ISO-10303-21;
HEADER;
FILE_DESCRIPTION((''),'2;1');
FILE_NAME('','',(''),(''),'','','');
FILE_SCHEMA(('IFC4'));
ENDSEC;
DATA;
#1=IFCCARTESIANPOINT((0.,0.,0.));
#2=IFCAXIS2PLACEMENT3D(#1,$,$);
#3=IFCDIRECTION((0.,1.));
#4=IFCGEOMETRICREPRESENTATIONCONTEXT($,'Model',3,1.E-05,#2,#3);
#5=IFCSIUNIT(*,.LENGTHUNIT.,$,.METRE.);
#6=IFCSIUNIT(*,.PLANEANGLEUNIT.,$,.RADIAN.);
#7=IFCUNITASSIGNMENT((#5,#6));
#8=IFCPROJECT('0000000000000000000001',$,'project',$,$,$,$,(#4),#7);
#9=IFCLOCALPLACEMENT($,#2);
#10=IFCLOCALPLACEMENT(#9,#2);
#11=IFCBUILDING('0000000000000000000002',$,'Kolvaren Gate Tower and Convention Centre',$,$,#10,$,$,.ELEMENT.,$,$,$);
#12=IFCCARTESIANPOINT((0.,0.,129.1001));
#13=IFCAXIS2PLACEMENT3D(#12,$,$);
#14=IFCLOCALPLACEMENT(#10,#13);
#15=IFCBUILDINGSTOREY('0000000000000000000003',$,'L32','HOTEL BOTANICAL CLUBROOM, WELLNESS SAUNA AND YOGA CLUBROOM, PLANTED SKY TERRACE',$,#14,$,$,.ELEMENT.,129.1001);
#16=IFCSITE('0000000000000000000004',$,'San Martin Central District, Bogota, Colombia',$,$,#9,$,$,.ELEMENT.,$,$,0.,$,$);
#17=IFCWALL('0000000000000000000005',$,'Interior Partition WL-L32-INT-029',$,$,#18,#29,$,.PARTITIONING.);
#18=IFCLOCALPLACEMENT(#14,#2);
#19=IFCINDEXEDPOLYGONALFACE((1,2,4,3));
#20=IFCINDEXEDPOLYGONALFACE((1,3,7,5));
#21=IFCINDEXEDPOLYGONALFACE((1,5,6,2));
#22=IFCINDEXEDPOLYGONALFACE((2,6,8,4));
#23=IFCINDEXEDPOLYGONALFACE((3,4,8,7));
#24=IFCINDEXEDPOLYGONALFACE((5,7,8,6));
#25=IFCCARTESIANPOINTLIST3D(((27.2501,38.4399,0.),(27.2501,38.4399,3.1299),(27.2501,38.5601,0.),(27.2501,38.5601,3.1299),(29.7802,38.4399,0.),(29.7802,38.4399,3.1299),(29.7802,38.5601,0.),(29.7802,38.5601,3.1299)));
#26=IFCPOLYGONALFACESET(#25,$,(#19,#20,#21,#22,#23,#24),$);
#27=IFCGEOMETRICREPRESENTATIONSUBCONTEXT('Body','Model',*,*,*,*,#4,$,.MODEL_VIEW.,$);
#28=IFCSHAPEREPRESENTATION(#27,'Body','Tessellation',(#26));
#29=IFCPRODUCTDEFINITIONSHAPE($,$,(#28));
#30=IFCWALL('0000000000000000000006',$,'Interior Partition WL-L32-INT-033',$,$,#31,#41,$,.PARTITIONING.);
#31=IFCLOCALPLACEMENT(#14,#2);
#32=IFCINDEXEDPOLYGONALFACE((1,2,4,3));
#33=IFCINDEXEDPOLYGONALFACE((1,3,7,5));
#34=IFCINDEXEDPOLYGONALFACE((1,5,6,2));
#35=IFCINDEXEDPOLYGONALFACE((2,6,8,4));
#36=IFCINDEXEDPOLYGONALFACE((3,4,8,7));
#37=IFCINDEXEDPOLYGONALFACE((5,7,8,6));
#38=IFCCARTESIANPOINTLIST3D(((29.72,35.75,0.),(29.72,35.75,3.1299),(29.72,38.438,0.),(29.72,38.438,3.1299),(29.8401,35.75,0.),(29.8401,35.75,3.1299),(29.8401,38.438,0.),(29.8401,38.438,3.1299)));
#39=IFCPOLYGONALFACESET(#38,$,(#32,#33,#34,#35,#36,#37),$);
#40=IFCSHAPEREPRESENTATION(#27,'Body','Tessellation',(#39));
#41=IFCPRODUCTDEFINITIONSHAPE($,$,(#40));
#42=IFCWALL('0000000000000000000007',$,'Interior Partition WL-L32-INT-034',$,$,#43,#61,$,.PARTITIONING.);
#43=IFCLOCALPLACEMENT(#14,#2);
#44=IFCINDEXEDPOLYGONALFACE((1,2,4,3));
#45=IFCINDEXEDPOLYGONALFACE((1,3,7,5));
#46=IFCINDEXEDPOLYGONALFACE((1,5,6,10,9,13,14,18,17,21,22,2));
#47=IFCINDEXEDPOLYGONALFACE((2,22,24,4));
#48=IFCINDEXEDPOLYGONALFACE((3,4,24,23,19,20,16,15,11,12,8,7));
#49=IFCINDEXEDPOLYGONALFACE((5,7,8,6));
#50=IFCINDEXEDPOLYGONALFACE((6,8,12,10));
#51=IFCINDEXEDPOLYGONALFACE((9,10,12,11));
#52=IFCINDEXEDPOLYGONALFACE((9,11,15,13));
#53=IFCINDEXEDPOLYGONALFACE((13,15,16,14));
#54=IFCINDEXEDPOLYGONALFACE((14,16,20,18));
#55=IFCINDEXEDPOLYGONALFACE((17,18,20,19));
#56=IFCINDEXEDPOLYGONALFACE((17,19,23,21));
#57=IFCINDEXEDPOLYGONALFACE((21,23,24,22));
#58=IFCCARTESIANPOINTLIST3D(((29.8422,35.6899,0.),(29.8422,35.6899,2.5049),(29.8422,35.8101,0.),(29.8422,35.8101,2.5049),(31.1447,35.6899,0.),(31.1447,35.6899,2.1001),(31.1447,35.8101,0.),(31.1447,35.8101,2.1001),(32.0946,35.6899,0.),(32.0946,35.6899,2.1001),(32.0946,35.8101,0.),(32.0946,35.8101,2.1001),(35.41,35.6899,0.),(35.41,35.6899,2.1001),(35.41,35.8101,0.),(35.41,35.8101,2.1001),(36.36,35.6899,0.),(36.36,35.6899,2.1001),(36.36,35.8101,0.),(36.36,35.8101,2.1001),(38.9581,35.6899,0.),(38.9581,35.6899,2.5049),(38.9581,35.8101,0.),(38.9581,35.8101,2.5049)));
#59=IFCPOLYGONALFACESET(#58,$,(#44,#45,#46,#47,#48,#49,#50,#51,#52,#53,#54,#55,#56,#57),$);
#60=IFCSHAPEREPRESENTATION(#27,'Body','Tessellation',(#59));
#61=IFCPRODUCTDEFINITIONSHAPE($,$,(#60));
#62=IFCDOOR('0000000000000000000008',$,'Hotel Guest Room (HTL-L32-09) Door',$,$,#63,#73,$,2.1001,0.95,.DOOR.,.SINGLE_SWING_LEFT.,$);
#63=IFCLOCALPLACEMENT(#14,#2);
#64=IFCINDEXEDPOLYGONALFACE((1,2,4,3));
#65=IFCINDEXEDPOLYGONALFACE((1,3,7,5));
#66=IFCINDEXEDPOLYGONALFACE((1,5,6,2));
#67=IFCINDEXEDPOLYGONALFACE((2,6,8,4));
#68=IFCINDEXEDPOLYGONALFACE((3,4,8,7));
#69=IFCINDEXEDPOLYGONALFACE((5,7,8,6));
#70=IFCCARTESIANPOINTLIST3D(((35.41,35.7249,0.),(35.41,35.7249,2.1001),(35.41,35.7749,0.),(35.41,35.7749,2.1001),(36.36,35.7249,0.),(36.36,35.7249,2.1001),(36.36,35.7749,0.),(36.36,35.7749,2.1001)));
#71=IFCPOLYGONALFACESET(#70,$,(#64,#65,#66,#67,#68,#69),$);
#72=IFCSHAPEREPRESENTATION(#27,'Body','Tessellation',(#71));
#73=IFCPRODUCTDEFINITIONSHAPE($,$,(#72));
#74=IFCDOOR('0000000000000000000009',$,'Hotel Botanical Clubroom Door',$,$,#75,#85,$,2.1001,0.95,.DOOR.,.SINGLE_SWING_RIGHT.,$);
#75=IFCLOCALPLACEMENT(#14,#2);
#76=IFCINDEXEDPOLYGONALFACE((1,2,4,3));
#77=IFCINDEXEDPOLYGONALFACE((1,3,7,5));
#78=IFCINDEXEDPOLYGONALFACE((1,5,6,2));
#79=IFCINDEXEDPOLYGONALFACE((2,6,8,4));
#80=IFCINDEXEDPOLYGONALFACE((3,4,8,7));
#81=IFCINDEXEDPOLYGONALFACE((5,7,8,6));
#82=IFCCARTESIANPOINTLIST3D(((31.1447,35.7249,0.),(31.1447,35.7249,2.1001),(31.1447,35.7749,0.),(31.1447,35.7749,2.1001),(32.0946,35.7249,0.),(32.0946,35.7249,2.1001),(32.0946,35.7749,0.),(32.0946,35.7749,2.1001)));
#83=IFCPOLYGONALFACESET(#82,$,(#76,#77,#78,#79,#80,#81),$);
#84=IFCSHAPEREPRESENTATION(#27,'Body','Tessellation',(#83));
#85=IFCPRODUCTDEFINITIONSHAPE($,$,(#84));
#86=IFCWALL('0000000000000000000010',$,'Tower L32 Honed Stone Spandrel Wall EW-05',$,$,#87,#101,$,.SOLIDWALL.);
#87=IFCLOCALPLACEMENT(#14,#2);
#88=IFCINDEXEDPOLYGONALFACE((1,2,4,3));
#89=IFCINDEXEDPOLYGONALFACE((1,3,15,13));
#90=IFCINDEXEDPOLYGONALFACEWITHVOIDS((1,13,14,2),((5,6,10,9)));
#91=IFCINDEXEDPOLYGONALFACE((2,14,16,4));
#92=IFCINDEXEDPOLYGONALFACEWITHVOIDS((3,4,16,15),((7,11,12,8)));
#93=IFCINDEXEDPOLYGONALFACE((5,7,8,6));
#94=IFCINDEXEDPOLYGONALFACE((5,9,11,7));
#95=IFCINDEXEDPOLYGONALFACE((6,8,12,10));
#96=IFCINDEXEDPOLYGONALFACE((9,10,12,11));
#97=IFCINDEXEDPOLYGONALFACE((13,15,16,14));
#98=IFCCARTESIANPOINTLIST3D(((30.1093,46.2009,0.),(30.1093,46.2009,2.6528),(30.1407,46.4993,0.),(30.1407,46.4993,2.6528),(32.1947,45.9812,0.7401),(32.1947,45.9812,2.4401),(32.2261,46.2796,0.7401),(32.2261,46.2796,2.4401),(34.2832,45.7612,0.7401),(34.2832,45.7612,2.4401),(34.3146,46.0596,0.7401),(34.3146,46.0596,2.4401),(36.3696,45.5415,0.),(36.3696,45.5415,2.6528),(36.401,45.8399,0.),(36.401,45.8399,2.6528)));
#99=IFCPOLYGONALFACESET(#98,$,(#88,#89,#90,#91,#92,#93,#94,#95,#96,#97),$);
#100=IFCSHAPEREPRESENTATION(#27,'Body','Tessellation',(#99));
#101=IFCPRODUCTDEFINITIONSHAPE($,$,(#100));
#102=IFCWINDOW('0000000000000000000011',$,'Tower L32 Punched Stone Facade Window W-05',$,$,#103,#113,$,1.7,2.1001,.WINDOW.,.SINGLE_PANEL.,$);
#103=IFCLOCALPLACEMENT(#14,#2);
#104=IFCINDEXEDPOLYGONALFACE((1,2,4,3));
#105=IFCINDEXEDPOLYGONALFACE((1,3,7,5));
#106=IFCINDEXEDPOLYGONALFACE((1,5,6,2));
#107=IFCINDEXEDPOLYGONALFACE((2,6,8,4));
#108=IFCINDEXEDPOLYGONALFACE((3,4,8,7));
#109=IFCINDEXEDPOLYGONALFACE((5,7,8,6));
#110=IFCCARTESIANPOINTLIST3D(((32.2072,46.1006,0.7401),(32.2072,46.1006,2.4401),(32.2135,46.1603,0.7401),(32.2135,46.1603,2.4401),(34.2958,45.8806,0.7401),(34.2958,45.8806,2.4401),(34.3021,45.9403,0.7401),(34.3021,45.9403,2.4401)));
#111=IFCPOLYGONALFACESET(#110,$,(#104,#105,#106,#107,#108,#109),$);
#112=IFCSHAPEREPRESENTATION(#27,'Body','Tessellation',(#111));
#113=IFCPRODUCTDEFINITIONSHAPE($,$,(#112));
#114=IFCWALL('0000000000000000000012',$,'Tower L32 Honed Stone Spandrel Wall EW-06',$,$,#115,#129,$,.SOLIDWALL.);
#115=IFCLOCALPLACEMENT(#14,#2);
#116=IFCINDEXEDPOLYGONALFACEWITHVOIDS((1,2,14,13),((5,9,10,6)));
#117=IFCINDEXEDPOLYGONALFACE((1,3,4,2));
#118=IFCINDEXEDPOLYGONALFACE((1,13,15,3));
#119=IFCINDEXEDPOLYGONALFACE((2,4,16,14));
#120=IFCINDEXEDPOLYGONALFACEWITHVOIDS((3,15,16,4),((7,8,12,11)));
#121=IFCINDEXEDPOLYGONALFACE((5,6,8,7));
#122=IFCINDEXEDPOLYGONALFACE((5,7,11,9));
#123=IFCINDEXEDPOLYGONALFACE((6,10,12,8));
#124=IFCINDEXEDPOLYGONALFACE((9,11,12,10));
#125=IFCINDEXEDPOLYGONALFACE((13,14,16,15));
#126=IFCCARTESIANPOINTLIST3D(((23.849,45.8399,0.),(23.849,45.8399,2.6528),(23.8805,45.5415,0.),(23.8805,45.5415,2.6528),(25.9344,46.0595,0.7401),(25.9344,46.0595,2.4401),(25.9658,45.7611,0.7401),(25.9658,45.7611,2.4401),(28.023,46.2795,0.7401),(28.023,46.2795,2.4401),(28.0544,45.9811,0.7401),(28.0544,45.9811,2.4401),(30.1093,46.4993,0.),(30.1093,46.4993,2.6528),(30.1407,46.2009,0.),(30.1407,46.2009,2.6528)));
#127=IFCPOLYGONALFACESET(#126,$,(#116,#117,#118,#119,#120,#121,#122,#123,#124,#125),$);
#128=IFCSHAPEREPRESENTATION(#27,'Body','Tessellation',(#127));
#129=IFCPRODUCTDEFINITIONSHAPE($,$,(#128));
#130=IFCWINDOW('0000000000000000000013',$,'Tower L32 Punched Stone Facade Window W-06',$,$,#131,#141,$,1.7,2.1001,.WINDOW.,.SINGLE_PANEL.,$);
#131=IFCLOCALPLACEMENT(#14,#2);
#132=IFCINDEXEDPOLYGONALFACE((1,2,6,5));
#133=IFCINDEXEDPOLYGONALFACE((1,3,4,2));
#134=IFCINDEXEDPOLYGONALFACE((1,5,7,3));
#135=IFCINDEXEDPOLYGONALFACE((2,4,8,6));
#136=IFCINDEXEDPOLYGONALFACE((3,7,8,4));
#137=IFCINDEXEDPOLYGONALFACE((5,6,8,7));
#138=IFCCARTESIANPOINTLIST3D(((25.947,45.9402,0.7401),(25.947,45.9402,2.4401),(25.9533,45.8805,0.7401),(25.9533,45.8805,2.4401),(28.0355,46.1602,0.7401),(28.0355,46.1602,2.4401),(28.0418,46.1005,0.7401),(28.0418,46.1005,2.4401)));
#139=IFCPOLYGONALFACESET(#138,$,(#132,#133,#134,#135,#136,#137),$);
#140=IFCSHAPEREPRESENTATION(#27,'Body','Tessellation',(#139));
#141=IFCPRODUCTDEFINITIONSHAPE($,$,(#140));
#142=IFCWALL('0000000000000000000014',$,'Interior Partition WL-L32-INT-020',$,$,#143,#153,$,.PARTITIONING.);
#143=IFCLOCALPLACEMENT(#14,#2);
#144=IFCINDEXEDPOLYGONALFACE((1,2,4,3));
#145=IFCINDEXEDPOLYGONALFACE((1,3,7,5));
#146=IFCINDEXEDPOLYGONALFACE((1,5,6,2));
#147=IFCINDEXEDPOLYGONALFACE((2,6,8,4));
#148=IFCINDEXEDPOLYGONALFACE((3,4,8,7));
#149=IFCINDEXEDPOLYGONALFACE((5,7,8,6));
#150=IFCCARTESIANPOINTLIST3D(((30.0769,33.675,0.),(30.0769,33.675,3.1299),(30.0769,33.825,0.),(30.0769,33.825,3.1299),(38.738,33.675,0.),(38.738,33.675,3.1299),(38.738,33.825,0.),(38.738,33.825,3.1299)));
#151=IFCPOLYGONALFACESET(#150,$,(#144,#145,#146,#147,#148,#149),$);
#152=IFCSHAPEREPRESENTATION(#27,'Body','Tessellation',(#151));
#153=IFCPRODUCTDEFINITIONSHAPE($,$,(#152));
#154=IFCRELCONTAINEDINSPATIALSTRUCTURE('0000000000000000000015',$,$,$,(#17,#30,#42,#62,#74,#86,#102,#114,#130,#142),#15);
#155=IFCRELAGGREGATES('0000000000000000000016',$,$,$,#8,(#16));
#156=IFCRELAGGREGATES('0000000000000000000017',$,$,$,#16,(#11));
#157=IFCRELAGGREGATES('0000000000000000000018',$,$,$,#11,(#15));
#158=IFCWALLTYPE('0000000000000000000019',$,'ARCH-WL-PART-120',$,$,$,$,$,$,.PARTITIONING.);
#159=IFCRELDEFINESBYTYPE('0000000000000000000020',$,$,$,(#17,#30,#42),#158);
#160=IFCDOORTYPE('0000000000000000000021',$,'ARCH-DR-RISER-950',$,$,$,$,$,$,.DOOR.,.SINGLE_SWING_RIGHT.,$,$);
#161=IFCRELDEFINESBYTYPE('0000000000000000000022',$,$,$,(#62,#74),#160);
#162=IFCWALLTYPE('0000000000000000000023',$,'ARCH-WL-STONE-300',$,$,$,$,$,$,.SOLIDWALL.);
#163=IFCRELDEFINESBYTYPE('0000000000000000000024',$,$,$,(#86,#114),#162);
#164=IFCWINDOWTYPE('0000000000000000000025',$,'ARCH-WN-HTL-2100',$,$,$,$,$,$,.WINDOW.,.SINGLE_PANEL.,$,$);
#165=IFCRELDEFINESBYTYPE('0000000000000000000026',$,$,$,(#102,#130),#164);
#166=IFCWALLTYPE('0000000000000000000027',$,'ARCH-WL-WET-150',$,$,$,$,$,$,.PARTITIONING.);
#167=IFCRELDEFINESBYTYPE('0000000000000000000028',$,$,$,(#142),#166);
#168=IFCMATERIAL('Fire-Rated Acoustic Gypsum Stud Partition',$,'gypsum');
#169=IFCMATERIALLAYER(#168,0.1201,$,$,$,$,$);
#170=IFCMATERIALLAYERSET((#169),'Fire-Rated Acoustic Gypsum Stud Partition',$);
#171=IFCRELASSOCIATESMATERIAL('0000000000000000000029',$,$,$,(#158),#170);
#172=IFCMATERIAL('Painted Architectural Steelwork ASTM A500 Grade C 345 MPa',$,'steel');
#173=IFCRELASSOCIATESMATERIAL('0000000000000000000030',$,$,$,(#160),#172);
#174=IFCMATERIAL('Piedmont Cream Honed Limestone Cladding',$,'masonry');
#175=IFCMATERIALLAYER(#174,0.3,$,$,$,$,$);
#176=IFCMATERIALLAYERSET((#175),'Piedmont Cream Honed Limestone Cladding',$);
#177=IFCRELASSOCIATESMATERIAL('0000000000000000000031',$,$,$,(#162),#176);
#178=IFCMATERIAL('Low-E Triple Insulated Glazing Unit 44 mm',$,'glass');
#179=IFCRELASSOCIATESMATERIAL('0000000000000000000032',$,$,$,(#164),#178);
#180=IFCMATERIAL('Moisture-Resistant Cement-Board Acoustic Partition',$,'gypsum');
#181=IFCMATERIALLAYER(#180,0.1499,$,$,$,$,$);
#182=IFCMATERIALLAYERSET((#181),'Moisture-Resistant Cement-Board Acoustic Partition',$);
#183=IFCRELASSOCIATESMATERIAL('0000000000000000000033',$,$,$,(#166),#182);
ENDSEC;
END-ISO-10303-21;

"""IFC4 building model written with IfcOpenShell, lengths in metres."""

from ifc_helpers import new_model, si_unit, direction, frame, frame_2d, origin, place, context, subcontext, project, spatial, rectangle, extrude, material, layer, layer_set, type_object, element, fill, save


model = new_model("IFC4")

# Units and contexts
model_context = context("Model", 3, precision=1e-05, world=origin(), true_north=direction((0.0, 1.0)))
body_context = subcontext(model_context, "Body", "Model", "MODEL_VIEW")
ifc_project = project(units=[si_unit("LENGTHUNIT", "METRE"), si_unit("PLANEANGLEUNIT", "RADIAN")], contexts=[model_context])

# Site, building, storey
site_placement = place(None, origin())
site = spatial("IfcSite", under=ifc_project, at=site_placement, Name="San Martin Central District, Bogota, Colombia", CompositionType="ELEMENT", RefElevation=0.0)
building_placement = place(site_placement, origin())
building = spatial("IfcBuilding", under=site, at=building_placement, Name="Kolvaren Gate Tower and Convention Centre", CompositionType="ELEMENT")
storey_placement = place(building_placement, frame((0.0, 0.0, 129.1001)))
storey = spatial("IfcBuildingStorey", under=building, at=storey_placement, Name="L32", Description="HOTEL BOTANICAL CLUBROOM, WELLNESS SAUNA AND YOGA CLUBROOM, PLANTED SKY TERRACE", CompositionType="ELEMENT", Elevation=129.1001)

# Walls
ifc_material_1 = material(Name="Fire-Rated Acoustic Gypsum Stud Partition", Category="gypsum")
ifc_layer_1 = layer(ifc_material_1, 0.1201)
ifc_layer_set_1 = layer_set([ifc_layer_1], Name="Fire-Rated Acoustic Gypsum Stud Partition")
wall_type_1 = type_object("IfcWallType", Name="ARCH-WL-PART-120", PredefinedType="PARTITIONING", material=ifc_layer_set_1)
wall_1_placement = place(storey_placement, frame((27.25, 38.5, 0.0), z_axis=(0.0, 0.0, 1.0), x_axis=(1.0, 0.0, 0.0)))
element("IfcWall", 1, at=wall_1_placement, inside=storey, type_object=wall_type_1, Name="Interior Partition WL-L32-INT-029", PredefinedType="PARTITIONING", context=body_context, shape_type="SweptSolid", body=[
    extrude(rectangle(XDim=2.53, YDim=0.1201, at=frame_2d((1.2651, 0.0))), origin(), (0.0, 0.0, 1.0), 3.1299),
])
wall_2_placement = place(storey_placement, frame((29.78, 35.75, 0.0), z_axis=(0.0, 0.0, 1.0), x_axis=(0.0, 1.0, 0.0)))
element("IfcWall", 2, at=wall_2_placement, inside=storey, type_object=wall_type_1, Name="Interior Partition WL-L32-INT-033", PredefinedType="PARTITIONING", context=body_context, shape_type="SweptSolid", body=[
    extrude(rectangle(XDim=2.688, YDim=0.1201, at=frame_2d((1.344, 0.0))), origin(), (0.0, 0.0, 1.0), 3.1299),
])

# Wall, openings, doors
wall_3_placement = place(storey_placement, frame((29.842, 35.75, 0.0), z_axis=(0.0, 0.0, 1.0), x_axis=(1.0, 0.0, 0.0)))
wall_3 = element("IfcWall", 3, at=wall_3_placement, inside=storey, type_object=wall_type_1, Name="Interior Partition WL-L32-INT-034", PredefinedType="PARTITIONING", context=body_context, shape_type="SweptSolid", body=[
    extrude(rectangle(XDim=9.116, YDim=0.1201, at=frame_2d((4.5581, 0.0))), origin(), (0.0, 0.0, 1.0), 2.5049),
])
opening_1_placement = place(wall_3_placement, frame((5.5679, 0.0, 0.0)))
opening_1 = element("IfcOpeningElement", 4, at=opening_1_placement, cuts=wall_3, PredefinedType="OPENING", context=body_context, shape_type="SweptSolid", body=[
    extrude(rectangle(XDim=0.95, YDim=2.1001, at=frame_2d((0.4751, 1.05))), frame((0.0, 0.0701, 0.0), z_axis=(0.0, -1.0, 0.0), x_axis=(1.0, 0.0, 0.0)), (0.0, 0.0, 1.0), 0.1401),
])
opening_2_placement = place(wall_3_placement, frame((1.3025, 0.0, 0.0)))
opening_2 = element("IfcOpeningElement", 5, at=opening_2_placement, cuts=wall_3, PredefinedType="OPENING", context=body_context, shape_type="SweptSolid", body=[
    extrude(rectangle(XDim=0.95, YDim=2.1001, at=frame_2d((0.4751, 1.05))), frame((0.0, 0.0701, 0.0), z_axis=(0.0, -1.0, 0.0), x_axis=(1.0, 0.0, 0.0)), (0.0, 0.0, 1.0), 0.1401),
])
ifc_material_2 = material(Name="Painted Architectural Steelwork ASTM A500 Grade C 345 MPa", Category="steel")
door_type_1 = type_object("IfcDoorType", Name="ARCH-DR-RISER-950", OperationType="SINGLE_SWING_RIGHT", PredefinedType="DOOR", material=ifc_material_2)
door_1_placement = place(opening_1_placement, origin())
door_1 = element("IfcDoor", 6, at=door_1_placement, inside=storey, type_object=door_type_1, Name="Hotel Guest Room (HTL-L32-09) Door", OperationType="SINGLE_SWING_LEFT", OverallHeight=2.1001, OverallWidth=0.95, PredefinedType="DOOR", context=body_context, shape_type="SweptSolid", body=[
    extrude(rectangle(XDim=0.95, YDim=2.1001, at=frame_2d((0.4751, 1.05))), frame((0.0, 0.0249, 0.0), z_axis=(0.0, -1.0, 0.0), x_axis=(1.0, 0.0, 0.0)), (0.0, 0.0, 1.0), 0.05),
])
fill(opening_1, door_1)
door_2_placement = place(opening_2_placement, origin())
door_2 = element("IfcDoor", 7, at=door_2_placement, inside=storey, type_object=door_type_1, Name="Hotel Botanical Clubroom Door", OperationType="SINGLE_SWING_RIGHT", OverallHeight=2.1001, OverallWidth=0.95, PredefinedType="DOOR", context=body_context, shape_type="SweptSolid", body=[
    extrude(rectangle(XDim=0.95, YDim=2.1001, at=frame_2d((0.4751, 1.05))), frame((0.0, 0.0249, 0.0), z_axis=(0.0, -1.0, 0.0), x_axis=(1.0, 0.0, 0.0)), (0.0, 0.0, 1.0), 0.05),
])
fill(opening_2, door_2)

# Walls, openings, windows
ifc_material_3 = material(Name="Piedmont Cream Honed Limestone Cladding", Category="masonry")
ifc_layer_2 = layer(ifc_material_3, 0.3)
ifc_layer_set_2 = layer_set([ifc_layer_2], Name="Piedmont Cream Honed Limestone Cladding")
wall_type_2 = type_object("IfcWallType", Name="ARCH-WL-STONE-300", PredefinedType="SOLIDWALL", material=ifc_layer_set_2)
wall_4_placement = place(storey_placement, frame((30.125, 46.3501, 0.0), z_axis=(0.0, 0.0, 1.0), x_axis=(0.994498, -0.104755, 0.0)))
wall_4 = element("IfcWall", 8, at=wall_4_placement, inside=storey, type_object=wall_type_2, Name="Tower L32 Honed Stone Spandrel Wall EW-05", PredefinedType="SOLIDWALL", context=body_context, shape_type="SweptSolid", body=[
    extrude(rectangle(XDim=6.2949, YDim=0.3, at=frame_2d((3.1475, 0.0))), origin(), (0.0, 0.0, 1.0), 2.6528),
])
opening_3_placement = place(wall_4_placement, frame((2.0969, 0.0, 0.74)))
opening_3 = element("IfcOpeningElement", 9, at=opening_3_placement, cuts=wall_4, PredefinedType="OPENING", context=body_context, shape_type="SweptSolid", body=[
    extrude(rectangle(XDim=2.1001, YDim=1.7, at=frame_2d((1.05, 0.8501))), frame((0.0, 0.1599, 0.0), z_axis=(0.0, -1.0, 0.0), x_axis=(1.0, 0.0, 0.0)), (0.0, 0.0, 1.0), 0.3201),
])
ifc_material_4 = material(Name="Low-E Triple Insulated Glazing Unit 44 mm", Category="glass")
window_type = type_object("IfcWindowType", Name="ARCH-WN-HTL-2100", PartitioningType="SINGLE_PANEL", PredefinedType="WINDOW", material=ifc_material_4)
window_1_placement = place(opening_3_placement, origin())
window_1 = element("IfcWindow", 10, at=window_1_placement, inside=storey, type_object=window_type, Name="Tower L32 Punched Stone Facade Window W-05", OverallHeight=1.7, OverallWidth=2.1001, PartitioningType="SINGLE_PANEL", PredefinedType="WINDOW", context=body_context, shape_type="SweptSolid", body=[
    extrude(rectangle(XDim=2.1001, YDim=1.7, at=frame_2d((1.05, 0.8501))), frame((0.0, 0.03, 0.0), z_axis=(0.0, -1.0, 0.0), x_axis=(1.0, 0.0, 0.0)), (0.0, 0.0, 1.0), 0.0601),
])
fill(opening_3, window_1)
wall_5_placement = place(storey_placement, frame((23.8647, 45.6907, 0.0), z_axis=(0.0, 0.0, 1.0), x_axis=(0.994498, 0.104755, 0.0)))
wall_5 = element("IfcWall", 11, at=wall_5_placement, inside=storey, type_object=wall_type_2, Name="Tower L32 Honed Stone Spandrel Wall EW-06", PredefinedType="SOLIDWALL", context=body_context, shape_type="SweptSolid", body=[
    extrude(rectangle(XDim=6.2949, YDim=0.3, at=frame_2d((3.1475, 0.0))), origin(), (0.0, 0.0, 1.0), 2.6528),
])
opening_4_placement = place(wall_5_placement, frame((2.0969, 0.0, 0.74)))
opening_4 = element("IfcOpeningElement", 12, at=opening_4_placement, cuts=wall_5, PredefinedType="OPENING", context=body_context, shape_type="SweptSolid", body=[
    extrude(rectangle(XDim=2.1001, YDim=1.7, at=frame_2d((1.05, 0.8501))), frame((0.0, 0.1599, 0.0), z_axis=(0.0, -1.0, 0.0), x_axis=(1.0, 0.0, 0.0)), (0.0, 0.0, 1.0), 0.3201),
])
window_2_placement = place(opening_4_placement, origin())
window_2 = element("IfcWindow", 13, at=window_2_placement, inside=storey, type_object=window_type, Name="Tower L32 Punched Stone Facade Window W-06", OverallHeight=1.7, OverallWidth=2.1001, PartitioningType="SINGLE_PANEL", PredefinedType="WINDOW", context=body_context, shape_type="SweptSolid", body=[
    extrude(rectangle(XDim=2.1001, YDim=1.7, at=frame_2d((1.05, 0.8501))), frame((0.0, 0.03, 0.0), z_axis=(0.0, -1.0, 0.0), x_axis=(1.0, 0.0, 0.0)), (0.0, 0.0, 1.0), 0.0601),
])
fill(opening_4, window_2)

# Wall
ifc_material_5 = material(Name="Moisture-Resistant Cement-Board Acoustic Partition", Category="gypsum")
ifc_layer_3 = layer(ifc_material_5, 0.1499)
ifc_layer_set_3 = layer_set([ifc_layer_3], Name="Moisture-Resistant Cement-Board Acoustic Partition")
wall_type_3 = type_object("IfcWallType", Name="ARCH-WL-WET-150", PredefinedType="PARTITIONING", material=ifc_layer_set_3)
wall_6_placement = place(storey_placement, frame((30.0769, 33.75, 0.0), z_axis=(0.0, 0.0, 1.0), x_axis=(1.0, 0.0, 0.0)))
element("IfcWall", 14, at=wall_6_placement, inside=storey, type_object=wall_type_3, Name="Interior Partition WL-L32-INT-020", PredefinedType="PARTITIONING", context=body_context, shape_type="SweptSolid", body=[
    extrude(rectangle(XDim=8.6611, YDim=0.1499, at=frame_2d((4.3306, 0.0))), origin(), (0.0, 0.0, 1.0), 3.1299),
])

save(model, "model.ifc")
